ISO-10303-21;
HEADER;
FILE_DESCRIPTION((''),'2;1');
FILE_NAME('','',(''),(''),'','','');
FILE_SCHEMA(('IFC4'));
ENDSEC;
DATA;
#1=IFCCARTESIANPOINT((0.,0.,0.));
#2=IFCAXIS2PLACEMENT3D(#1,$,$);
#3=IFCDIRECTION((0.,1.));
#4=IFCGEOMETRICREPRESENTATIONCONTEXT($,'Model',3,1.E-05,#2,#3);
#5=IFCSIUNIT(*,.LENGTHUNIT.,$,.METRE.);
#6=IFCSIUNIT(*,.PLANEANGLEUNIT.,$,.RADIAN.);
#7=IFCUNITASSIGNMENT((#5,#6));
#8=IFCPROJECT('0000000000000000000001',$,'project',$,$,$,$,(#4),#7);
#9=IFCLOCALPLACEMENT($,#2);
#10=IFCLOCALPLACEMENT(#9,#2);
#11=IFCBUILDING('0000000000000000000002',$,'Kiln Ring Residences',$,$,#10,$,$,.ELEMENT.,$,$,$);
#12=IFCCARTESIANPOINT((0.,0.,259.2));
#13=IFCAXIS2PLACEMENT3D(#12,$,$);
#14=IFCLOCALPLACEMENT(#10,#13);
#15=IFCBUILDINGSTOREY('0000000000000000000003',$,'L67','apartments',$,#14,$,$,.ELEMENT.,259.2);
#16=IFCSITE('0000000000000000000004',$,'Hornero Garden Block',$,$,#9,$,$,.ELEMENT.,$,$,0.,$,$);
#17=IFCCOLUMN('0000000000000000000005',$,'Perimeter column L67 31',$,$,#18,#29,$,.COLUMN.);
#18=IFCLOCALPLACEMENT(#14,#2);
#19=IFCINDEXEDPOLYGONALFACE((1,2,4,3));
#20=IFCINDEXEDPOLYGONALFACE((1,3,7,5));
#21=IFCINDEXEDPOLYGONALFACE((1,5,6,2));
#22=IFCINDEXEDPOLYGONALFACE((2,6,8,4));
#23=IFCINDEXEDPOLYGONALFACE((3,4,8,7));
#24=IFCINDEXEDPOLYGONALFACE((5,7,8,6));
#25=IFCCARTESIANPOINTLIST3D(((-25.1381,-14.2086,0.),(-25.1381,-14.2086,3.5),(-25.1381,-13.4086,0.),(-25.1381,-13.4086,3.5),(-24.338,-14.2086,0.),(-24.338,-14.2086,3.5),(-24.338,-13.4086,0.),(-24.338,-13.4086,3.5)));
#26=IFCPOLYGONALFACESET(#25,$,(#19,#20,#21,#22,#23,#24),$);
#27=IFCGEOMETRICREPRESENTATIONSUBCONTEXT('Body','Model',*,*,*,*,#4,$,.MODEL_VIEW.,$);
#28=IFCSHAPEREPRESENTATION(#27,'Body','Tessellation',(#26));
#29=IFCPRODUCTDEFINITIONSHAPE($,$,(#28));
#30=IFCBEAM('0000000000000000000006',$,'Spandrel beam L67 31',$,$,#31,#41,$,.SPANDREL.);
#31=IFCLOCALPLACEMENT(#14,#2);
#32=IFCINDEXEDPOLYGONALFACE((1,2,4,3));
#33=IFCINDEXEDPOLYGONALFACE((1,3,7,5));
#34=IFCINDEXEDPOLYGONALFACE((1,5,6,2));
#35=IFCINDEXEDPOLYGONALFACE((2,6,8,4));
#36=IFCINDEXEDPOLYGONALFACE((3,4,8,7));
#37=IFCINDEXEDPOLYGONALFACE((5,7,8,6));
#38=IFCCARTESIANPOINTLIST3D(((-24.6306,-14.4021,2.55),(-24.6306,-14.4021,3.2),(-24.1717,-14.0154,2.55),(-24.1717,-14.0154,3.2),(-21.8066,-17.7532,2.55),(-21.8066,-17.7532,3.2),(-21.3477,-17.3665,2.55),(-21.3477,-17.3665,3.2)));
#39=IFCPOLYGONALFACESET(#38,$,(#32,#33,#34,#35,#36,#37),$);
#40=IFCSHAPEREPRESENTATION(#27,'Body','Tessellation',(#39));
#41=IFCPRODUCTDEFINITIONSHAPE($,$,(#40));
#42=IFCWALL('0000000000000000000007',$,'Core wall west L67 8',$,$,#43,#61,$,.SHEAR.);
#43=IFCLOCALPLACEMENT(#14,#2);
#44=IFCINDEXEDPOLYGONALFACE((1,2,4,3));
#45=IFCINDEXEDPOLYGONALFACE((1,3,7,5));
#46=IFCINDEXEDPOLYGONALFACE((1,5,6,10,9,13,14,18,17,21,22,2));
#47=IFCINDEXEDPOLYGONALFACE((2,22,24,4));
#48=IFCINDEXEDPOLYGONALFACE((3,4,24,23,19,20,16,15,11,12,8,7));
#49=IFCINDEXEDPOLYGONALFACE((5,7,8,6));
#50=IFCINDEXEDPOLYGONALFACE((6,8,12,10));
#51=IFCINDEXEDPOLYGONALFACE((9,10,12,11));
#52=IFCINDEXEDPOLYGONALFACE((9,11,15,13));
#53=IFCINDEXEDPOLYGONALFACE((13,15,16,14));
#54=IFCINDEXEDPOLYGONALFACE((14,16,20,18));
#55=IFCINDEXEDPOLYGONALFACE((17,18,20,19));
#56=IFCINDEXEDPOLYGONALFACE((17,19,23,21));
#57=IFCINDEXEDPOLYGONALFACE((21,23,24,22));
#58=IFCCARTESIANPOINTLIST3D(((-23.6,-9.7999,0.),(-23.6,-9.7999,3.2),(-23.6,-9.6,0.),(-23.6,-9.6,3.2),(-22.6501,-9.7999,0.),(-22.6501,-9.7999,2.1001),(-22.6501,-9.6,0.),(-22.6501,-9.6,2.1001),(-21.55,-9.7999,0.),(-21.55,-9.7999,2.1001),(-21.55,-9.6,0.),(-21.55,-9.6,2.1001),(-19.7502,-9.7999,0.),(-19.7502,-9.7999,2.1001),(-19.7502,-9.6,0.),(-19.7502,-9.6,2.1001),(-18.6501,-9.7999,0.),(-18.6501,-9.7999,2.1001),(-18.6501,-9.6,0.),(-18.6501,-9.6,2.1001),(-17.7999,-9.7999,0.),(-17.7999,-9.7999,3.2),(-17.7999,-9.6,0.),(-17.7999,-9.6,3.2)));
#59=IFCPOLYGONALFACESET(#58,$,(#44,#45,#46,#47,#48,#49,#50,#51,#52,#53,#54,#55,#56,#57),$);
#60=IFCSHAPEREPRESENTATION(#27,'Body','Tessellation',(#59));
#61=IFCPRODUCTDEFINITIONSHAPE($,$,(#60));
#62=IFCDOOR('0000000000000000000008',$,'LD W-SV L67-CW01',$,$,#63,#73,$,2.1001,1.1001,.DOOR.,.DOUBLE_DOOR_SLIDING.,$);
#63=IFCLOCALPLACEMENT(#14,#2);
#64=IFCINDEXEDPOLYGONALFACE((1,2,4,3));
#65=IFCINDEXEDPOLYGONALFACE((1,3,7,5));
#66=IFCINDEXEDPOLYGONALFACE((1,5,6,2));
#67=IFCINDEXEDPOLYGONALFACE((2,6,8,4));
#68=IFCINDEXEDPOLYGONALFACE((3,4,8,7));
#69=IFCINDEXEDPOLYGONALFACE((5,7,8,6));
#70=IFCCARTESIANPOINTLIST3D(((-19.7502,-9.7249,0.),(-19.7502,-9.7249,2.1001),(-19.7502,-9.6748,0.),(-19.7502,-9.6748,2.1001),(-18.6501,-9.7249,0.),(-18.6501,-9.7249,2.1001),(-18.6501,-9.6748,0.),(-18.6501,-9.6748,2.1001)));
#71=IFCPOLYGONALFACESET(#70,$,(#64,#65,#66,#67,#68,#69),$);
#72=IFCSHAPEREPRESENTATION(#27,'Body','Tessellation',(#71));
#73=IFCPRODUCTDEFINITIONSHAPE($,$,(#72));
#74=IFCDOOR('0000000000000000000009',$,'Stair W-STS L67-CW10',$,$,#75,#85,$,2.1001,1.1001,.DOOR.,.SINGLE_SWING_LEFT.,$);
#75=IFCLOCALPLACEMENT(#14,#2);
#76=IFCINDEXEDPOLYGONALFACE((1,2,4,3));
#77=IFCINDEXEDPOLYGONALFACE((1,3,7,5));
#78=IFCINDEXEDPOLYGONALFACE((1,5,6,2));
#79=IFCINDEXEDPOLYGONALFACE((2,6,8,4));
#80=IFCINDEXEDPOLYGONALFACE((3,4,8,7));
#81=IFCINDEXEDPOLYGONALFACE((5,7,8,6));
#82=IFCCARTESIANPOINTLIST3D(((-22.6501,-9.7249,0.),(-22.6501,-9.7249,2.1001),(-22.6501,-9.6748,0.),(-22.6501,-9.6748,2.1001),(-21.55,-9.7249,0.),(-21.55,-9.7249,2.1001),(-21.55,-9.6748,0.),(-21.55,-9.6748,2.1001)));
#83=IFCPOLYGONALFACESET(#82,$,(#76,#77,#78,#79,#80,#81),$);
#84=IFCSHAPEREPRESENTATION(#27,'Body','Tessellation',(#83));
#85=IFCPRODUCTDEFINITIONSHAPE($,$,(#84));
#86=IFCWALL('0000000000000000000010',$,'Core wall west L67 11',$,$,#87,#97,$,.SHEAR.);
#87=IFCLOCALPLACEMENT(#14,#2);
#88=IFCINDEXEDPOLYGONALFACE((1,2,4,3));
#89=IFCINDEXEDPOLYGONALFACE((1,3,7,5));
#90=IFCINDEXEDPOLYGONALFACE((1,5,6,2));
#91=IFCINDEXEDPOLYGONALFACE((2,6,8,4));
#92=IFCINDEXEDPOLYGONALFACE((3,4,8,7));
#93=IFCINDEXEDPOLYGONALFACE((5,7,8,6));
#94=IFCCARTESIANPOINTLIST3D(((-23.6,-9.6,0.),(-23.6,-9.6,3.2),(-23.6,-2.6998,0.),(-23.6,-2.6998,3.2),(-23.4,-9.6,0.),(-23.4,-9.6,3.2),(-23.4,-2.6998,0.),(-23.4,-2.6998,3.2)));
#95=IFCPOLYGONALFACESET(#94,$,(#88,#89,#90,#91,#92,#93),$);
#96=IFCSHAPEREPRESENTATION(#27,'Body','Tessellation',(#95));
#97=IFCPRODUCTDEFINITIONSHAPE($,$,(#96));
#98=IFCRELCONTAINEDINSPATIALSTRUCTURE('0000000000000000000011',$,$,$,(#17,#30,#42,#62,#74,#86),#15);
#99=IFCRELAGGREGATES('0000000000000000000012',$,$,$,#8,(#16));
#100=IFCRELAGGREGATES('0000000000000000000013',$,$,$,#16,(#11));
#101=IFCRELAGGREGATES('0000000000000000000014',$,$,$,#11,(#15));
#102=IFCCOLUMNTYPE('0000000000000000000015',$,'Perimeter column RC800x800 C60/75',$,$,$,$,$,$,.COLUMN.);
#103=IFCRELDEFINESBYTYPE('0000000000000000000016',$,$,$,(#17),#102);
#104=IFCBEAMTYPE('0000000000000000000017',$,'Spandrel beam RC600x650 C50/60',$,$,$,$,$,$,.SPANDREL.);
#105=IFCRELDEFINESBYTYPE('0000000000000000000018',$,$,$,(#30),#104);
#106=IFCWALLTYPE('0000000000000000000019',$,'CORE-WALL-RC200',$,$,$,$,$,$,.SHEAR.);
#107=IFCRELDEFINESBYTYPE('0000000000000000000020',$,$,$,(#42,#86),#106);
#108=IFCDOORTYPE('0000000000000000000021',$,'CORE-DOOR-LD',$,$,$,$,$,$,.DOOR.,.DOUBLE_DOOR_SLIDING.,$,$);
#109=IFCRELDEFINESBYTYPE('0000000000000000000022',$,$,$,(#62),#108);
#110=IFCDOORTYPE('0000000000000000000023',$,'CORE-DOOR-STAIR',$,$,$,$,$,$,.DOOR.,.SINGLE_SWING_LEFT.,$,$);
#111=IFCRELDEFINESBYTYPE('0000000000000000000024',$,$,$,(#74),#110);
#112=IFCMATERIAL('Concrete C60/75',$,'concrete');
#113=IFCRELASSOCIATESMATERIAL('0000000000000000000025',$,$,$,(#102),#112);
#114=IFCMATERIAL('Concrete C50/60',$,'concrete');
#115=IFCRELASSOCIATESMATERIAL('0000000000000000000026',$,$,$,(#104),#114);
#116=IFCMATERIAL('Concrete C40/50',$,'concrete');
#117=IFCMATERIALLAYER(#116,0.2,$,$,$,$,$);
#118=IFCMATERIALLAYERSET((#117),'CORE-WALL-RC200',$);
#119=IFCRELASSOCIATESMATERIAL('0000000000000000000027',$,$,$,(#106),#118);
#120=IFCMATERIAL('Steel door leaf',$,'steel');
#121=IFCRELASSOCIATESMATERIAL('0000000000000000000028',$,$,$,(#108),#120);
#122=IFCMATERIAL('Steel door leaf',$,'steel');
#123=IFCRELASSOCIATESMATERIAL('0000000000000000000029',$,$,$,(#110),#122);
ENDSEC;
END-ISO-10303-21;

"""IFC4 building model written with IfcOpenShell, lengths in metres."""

from ifc_helpers import new_model, si_unit, direction, frame, frame_2d, origin, origin_2d, place, context, subcontext, project, spatial, rectangle, extrude, material, layer, layer_set, material_profile, profile_set, type_object, element, fill, save


model = new_model("IFC4")

# Units and contexts
model_context = context("Model", 3, precision=1e-05, world=origin(), true_north=direction((0.0, 1.0)))
body_context = subcontext(model_context, "Body", "Model", "MODEL_VIEW")
ifc_project = project(units=[si_unit("LENGTHUNIT", "METRE"), si_unit("PLANEANGLEUNIT", "RADIAN")], contexts=[model_context])

# Site, building, storey
site_placement = place(None, origin())
site = spatial("IfcSite", under=ifc_project, at=site_placement, Name="Hornero Garden Block", CompositionType="ELEMENT", RefElevation=0.0)
building_placement = place(site_placement, origin())
building = spatial("IfcBuilding", under=site, at=building_placement, Name="Kiln Ring Residences", CompositionType="ELEMENT")
storey_placement = place(building_placement, frame((0.0, 0.0, 259.2)))
storey = spatial("IfcBuildingStorey", under=building, at=storey_placement, Name="L67", Description="apartments", CompositionType="ELEMENT", Elevation=259.2)

# Column
ifc_material_1 = material(Name="Concrete C60/75", Category="concrete")
ifc_material_profile_1 = material_profile(ifc_material_1, rectangle(XDim=0.8, YDim=0.8, at=origin_2d()), Name="RC800x800")
ifc_profile_set_1 = profile_set([ifc_material_profile_1], Name="Concrete C60/75")
column_type = type_object("IfcColumnType", Name="Perimeter column RC800x800 C60/75", PredefinedType="COLUMN", material=ifc_profile_set_1)
column_placement = place(storey_placement, frame((-24.738, -13.8086, 0.0), z_axis=(0.0, 0.0, 1.0), x_axis=(1.0, 0.0, 0.0)))
element("IfcColumn", 1, at=column_placement, inside=storey, type_object=column_type, Name="Perimeter column L67 31", PredefinedType="COLUMN", context=body_context, shape_type="SweptSolid", body=[
    extrude(rectangle(XDim=0.8, YDim=0.8, at=origin_2d()), origin(), (0.0, 0.0, 1.0), 3.5),
])

# Beam
ifc_material_2 = material(Name="Concrete C50/60", Category="concrete")
ifc_material_profile_2 = material_profile(ifc_material_2, rectangle(XDim=0.6001, YDim=0.6499, at=origin_2d()), Name="RC600x650")
ifc_profile_set_2 = profile_set([ifc_material_profile_2], Name="Concrete C50/60")
beam_type = type_object("IfcBeamType", Name="Spandrel beam RC600x650 C50/60", PredefinedType="SPANDREL", material=ifc_profile_set_2)
beam_placement = place(storey_placement, frame((-24.4011, -14.2087, 2.875), z_axis=(0.644405, -0.764684, 0.0), x_axis=(0.764684, 0.644405, 0.0)))
element("IfcBeam", 2, at=beam_placement, inside=storey, type_object=beam_type, Name="Spandrel beam L67 31", PredefinedType="SPANDREL", context=body_context, shape_type="SweptSolid", body=[
    extrude(rectangle(XDim=0.6001, YDim=0.6499, at=origin_2d()), origin(), (0.0, 0.0, 1.0), 4.3823),
])

# Wall, openings, doors
ifc_material_3 = material(Name="Concrete C40/50", Category="concrete")
ifc_layer_1 = layer(ifc_material_3, 0.2)
ifc_layer_set_1 = layer_set([ifc_layer_1], Name="CORE-WALL-RC200")
wall_type_1 = type_object("IfcWallType", Name="CORE-WALL-RC200", PredefinedType="SHEAR", material=ifc_layer_set_1)
wall_1_placement = place(storey_placement, frame((-17.8, -9.7, 0.0), z_axis=(0.0, 0.0, 1.0), x_axis=(-1.0, 0.0, 0.0)))
wall_1 = element("IfcWall", 3, at=wall_1_placement, inside=storey, type_object=wall_type_1, Name="Core wall west L67 8", PredefinedType="SHEAR", context=body_context, shape_type="SweptSolid", body=[
    extrude(rectangle(XDim=5.8, YDim=0.2, at=frame_2d((2.8999, 0.0))), origin(), (0.0, 0.0, 1.0), 3.2),
])
opening_1_placement = place(wall_1_placement, frame((0.8501, 0.0, 0.0)))
opening_1 = element("IfcOpeningElement", 4, at=opening_1_placement, cuts=wall_1, PredefinedType="OPENING", context=body_context, shape_type="SweptSolid", body=[
    extrude(rectangle(XDim=1.1001, YDim=2.1001, at=frame_2d((0.55, 1.05))), frame((0.0, 0.1099, 0.0), z_axis=(0.0, -1.0, 0.0), x_axis=(1.0, 0.0, 0.0)), (0.0, 0.0, 1.0), 0.22),
])
opening_2_placement = place(wall_1_placement, frame((3.75, 0.0, 0.0)))
opening_2 = element("IfcOpeningElement", 5, at=opening_2_placement, cuts=wall_1, PredefinedType="OPENING", context=body_context, shape_type="SweptSolid", body=[
    extrude(rectangle(XDim=1.1001, YDim=2.1001, at=frame_2d((0.55, 1.05))), frame((0.0, 0.1099, 0.0), z_axis=(0.0, -1.0, 0.0), x_axis=(1.0, 0.0, 0.0)), (0.0, 0.0, 1.0), 0.22),
])
ifc_material_4 = material(Name="Steel door leaf", Category="steel")
door_type_1 = type_object("IfcDoorType", Name="CORE-DOOR-LD", OperationType="DOUBLE_DOOR_SLIDING", PredefinedType="DOOR", material=ifc_material_4)
door_1_placement = place(opening_1_placement, origin())
door_1 = element("IfcDoor", 6, at=door_1_placement, inside=storey, type_object=door_type_1, Name="LD W-SV L67-CW01", OperationType="DOUBLE_DOOR_SLIDING", OverallHeight=2.1001, OverallWidth=1.1001, PredefinedType="DOOR", context=body_context, shape_type="SweptSolid", body=[
    extrude(rectangle(XDim=1.1001, YDim=2.1001, at=frame_2d((0.55, 1.05))), frame((0.0, 0.0249, 0.0), z_axis=(0.0, -1.0, 0.0), x_axis=(1.0, 0.0, 0.0)), (0.0, 0.0, 1.0), 0.05),
])
fill(opening_1, door_1)
ifc_material_5 = material(Name="Steel door leaf", Category="steel")
door_type_2 = type_object("IfcDoorType", Name="CORE-DOOR-STAIR", OperationType="SINGLE_SWING_LEFT", PredefinedType="DOOR", material=ifc_material_5)
door_2_placement = place(opening_2_placement, origin())
door_2 = element("IfcDoor", 7, at=door_2_placement, inside=storey, type_object=door_type_2, Name="Stair W-STS L67-CW10", OperationType="SINGLE_SWING_LEFT", OverallHeight=2.1001, OverallWidth=1.1001, PredefinedType="DOOR", context=body_context, shape_type="SweptSolid", body=[
    extrude(rectangle(XDim=1.1001, YDim=2.1001, at=frame_2d((0.55, 1.05))), frame((0.0, 0.0249, 0.0), z_axis=(0.0, -1.0, 0.0), x_axis=(1.0, 0.0, 0.0)), (0.0, 0.0, 1.0), 0.05),
])
fill(opening_2, door_2)

# Wall
wall_2_placement = place(storey_placement, frame((-23.5, -9.6001, 0.0), z_axis=(0.0, 0.0, 1.0), x_axis=(0.0, 1.0, 0.0)))
element("IfcWall", 8, at=wall_2_placement, inside=storey, type_object=wall_type_1, Name="Core wall west L67 11", PredefinedType="SHEAR", context=body_context, shape_type="SweptSolid", body=[
    extrude(rectangle(XDim=6.9001, YDim=0.2, at=frame_2d((3.4502, 0.0))), origin(), (0.0, 0.0, 1.0), 3.2),
])

save(model, "model.ifc")
